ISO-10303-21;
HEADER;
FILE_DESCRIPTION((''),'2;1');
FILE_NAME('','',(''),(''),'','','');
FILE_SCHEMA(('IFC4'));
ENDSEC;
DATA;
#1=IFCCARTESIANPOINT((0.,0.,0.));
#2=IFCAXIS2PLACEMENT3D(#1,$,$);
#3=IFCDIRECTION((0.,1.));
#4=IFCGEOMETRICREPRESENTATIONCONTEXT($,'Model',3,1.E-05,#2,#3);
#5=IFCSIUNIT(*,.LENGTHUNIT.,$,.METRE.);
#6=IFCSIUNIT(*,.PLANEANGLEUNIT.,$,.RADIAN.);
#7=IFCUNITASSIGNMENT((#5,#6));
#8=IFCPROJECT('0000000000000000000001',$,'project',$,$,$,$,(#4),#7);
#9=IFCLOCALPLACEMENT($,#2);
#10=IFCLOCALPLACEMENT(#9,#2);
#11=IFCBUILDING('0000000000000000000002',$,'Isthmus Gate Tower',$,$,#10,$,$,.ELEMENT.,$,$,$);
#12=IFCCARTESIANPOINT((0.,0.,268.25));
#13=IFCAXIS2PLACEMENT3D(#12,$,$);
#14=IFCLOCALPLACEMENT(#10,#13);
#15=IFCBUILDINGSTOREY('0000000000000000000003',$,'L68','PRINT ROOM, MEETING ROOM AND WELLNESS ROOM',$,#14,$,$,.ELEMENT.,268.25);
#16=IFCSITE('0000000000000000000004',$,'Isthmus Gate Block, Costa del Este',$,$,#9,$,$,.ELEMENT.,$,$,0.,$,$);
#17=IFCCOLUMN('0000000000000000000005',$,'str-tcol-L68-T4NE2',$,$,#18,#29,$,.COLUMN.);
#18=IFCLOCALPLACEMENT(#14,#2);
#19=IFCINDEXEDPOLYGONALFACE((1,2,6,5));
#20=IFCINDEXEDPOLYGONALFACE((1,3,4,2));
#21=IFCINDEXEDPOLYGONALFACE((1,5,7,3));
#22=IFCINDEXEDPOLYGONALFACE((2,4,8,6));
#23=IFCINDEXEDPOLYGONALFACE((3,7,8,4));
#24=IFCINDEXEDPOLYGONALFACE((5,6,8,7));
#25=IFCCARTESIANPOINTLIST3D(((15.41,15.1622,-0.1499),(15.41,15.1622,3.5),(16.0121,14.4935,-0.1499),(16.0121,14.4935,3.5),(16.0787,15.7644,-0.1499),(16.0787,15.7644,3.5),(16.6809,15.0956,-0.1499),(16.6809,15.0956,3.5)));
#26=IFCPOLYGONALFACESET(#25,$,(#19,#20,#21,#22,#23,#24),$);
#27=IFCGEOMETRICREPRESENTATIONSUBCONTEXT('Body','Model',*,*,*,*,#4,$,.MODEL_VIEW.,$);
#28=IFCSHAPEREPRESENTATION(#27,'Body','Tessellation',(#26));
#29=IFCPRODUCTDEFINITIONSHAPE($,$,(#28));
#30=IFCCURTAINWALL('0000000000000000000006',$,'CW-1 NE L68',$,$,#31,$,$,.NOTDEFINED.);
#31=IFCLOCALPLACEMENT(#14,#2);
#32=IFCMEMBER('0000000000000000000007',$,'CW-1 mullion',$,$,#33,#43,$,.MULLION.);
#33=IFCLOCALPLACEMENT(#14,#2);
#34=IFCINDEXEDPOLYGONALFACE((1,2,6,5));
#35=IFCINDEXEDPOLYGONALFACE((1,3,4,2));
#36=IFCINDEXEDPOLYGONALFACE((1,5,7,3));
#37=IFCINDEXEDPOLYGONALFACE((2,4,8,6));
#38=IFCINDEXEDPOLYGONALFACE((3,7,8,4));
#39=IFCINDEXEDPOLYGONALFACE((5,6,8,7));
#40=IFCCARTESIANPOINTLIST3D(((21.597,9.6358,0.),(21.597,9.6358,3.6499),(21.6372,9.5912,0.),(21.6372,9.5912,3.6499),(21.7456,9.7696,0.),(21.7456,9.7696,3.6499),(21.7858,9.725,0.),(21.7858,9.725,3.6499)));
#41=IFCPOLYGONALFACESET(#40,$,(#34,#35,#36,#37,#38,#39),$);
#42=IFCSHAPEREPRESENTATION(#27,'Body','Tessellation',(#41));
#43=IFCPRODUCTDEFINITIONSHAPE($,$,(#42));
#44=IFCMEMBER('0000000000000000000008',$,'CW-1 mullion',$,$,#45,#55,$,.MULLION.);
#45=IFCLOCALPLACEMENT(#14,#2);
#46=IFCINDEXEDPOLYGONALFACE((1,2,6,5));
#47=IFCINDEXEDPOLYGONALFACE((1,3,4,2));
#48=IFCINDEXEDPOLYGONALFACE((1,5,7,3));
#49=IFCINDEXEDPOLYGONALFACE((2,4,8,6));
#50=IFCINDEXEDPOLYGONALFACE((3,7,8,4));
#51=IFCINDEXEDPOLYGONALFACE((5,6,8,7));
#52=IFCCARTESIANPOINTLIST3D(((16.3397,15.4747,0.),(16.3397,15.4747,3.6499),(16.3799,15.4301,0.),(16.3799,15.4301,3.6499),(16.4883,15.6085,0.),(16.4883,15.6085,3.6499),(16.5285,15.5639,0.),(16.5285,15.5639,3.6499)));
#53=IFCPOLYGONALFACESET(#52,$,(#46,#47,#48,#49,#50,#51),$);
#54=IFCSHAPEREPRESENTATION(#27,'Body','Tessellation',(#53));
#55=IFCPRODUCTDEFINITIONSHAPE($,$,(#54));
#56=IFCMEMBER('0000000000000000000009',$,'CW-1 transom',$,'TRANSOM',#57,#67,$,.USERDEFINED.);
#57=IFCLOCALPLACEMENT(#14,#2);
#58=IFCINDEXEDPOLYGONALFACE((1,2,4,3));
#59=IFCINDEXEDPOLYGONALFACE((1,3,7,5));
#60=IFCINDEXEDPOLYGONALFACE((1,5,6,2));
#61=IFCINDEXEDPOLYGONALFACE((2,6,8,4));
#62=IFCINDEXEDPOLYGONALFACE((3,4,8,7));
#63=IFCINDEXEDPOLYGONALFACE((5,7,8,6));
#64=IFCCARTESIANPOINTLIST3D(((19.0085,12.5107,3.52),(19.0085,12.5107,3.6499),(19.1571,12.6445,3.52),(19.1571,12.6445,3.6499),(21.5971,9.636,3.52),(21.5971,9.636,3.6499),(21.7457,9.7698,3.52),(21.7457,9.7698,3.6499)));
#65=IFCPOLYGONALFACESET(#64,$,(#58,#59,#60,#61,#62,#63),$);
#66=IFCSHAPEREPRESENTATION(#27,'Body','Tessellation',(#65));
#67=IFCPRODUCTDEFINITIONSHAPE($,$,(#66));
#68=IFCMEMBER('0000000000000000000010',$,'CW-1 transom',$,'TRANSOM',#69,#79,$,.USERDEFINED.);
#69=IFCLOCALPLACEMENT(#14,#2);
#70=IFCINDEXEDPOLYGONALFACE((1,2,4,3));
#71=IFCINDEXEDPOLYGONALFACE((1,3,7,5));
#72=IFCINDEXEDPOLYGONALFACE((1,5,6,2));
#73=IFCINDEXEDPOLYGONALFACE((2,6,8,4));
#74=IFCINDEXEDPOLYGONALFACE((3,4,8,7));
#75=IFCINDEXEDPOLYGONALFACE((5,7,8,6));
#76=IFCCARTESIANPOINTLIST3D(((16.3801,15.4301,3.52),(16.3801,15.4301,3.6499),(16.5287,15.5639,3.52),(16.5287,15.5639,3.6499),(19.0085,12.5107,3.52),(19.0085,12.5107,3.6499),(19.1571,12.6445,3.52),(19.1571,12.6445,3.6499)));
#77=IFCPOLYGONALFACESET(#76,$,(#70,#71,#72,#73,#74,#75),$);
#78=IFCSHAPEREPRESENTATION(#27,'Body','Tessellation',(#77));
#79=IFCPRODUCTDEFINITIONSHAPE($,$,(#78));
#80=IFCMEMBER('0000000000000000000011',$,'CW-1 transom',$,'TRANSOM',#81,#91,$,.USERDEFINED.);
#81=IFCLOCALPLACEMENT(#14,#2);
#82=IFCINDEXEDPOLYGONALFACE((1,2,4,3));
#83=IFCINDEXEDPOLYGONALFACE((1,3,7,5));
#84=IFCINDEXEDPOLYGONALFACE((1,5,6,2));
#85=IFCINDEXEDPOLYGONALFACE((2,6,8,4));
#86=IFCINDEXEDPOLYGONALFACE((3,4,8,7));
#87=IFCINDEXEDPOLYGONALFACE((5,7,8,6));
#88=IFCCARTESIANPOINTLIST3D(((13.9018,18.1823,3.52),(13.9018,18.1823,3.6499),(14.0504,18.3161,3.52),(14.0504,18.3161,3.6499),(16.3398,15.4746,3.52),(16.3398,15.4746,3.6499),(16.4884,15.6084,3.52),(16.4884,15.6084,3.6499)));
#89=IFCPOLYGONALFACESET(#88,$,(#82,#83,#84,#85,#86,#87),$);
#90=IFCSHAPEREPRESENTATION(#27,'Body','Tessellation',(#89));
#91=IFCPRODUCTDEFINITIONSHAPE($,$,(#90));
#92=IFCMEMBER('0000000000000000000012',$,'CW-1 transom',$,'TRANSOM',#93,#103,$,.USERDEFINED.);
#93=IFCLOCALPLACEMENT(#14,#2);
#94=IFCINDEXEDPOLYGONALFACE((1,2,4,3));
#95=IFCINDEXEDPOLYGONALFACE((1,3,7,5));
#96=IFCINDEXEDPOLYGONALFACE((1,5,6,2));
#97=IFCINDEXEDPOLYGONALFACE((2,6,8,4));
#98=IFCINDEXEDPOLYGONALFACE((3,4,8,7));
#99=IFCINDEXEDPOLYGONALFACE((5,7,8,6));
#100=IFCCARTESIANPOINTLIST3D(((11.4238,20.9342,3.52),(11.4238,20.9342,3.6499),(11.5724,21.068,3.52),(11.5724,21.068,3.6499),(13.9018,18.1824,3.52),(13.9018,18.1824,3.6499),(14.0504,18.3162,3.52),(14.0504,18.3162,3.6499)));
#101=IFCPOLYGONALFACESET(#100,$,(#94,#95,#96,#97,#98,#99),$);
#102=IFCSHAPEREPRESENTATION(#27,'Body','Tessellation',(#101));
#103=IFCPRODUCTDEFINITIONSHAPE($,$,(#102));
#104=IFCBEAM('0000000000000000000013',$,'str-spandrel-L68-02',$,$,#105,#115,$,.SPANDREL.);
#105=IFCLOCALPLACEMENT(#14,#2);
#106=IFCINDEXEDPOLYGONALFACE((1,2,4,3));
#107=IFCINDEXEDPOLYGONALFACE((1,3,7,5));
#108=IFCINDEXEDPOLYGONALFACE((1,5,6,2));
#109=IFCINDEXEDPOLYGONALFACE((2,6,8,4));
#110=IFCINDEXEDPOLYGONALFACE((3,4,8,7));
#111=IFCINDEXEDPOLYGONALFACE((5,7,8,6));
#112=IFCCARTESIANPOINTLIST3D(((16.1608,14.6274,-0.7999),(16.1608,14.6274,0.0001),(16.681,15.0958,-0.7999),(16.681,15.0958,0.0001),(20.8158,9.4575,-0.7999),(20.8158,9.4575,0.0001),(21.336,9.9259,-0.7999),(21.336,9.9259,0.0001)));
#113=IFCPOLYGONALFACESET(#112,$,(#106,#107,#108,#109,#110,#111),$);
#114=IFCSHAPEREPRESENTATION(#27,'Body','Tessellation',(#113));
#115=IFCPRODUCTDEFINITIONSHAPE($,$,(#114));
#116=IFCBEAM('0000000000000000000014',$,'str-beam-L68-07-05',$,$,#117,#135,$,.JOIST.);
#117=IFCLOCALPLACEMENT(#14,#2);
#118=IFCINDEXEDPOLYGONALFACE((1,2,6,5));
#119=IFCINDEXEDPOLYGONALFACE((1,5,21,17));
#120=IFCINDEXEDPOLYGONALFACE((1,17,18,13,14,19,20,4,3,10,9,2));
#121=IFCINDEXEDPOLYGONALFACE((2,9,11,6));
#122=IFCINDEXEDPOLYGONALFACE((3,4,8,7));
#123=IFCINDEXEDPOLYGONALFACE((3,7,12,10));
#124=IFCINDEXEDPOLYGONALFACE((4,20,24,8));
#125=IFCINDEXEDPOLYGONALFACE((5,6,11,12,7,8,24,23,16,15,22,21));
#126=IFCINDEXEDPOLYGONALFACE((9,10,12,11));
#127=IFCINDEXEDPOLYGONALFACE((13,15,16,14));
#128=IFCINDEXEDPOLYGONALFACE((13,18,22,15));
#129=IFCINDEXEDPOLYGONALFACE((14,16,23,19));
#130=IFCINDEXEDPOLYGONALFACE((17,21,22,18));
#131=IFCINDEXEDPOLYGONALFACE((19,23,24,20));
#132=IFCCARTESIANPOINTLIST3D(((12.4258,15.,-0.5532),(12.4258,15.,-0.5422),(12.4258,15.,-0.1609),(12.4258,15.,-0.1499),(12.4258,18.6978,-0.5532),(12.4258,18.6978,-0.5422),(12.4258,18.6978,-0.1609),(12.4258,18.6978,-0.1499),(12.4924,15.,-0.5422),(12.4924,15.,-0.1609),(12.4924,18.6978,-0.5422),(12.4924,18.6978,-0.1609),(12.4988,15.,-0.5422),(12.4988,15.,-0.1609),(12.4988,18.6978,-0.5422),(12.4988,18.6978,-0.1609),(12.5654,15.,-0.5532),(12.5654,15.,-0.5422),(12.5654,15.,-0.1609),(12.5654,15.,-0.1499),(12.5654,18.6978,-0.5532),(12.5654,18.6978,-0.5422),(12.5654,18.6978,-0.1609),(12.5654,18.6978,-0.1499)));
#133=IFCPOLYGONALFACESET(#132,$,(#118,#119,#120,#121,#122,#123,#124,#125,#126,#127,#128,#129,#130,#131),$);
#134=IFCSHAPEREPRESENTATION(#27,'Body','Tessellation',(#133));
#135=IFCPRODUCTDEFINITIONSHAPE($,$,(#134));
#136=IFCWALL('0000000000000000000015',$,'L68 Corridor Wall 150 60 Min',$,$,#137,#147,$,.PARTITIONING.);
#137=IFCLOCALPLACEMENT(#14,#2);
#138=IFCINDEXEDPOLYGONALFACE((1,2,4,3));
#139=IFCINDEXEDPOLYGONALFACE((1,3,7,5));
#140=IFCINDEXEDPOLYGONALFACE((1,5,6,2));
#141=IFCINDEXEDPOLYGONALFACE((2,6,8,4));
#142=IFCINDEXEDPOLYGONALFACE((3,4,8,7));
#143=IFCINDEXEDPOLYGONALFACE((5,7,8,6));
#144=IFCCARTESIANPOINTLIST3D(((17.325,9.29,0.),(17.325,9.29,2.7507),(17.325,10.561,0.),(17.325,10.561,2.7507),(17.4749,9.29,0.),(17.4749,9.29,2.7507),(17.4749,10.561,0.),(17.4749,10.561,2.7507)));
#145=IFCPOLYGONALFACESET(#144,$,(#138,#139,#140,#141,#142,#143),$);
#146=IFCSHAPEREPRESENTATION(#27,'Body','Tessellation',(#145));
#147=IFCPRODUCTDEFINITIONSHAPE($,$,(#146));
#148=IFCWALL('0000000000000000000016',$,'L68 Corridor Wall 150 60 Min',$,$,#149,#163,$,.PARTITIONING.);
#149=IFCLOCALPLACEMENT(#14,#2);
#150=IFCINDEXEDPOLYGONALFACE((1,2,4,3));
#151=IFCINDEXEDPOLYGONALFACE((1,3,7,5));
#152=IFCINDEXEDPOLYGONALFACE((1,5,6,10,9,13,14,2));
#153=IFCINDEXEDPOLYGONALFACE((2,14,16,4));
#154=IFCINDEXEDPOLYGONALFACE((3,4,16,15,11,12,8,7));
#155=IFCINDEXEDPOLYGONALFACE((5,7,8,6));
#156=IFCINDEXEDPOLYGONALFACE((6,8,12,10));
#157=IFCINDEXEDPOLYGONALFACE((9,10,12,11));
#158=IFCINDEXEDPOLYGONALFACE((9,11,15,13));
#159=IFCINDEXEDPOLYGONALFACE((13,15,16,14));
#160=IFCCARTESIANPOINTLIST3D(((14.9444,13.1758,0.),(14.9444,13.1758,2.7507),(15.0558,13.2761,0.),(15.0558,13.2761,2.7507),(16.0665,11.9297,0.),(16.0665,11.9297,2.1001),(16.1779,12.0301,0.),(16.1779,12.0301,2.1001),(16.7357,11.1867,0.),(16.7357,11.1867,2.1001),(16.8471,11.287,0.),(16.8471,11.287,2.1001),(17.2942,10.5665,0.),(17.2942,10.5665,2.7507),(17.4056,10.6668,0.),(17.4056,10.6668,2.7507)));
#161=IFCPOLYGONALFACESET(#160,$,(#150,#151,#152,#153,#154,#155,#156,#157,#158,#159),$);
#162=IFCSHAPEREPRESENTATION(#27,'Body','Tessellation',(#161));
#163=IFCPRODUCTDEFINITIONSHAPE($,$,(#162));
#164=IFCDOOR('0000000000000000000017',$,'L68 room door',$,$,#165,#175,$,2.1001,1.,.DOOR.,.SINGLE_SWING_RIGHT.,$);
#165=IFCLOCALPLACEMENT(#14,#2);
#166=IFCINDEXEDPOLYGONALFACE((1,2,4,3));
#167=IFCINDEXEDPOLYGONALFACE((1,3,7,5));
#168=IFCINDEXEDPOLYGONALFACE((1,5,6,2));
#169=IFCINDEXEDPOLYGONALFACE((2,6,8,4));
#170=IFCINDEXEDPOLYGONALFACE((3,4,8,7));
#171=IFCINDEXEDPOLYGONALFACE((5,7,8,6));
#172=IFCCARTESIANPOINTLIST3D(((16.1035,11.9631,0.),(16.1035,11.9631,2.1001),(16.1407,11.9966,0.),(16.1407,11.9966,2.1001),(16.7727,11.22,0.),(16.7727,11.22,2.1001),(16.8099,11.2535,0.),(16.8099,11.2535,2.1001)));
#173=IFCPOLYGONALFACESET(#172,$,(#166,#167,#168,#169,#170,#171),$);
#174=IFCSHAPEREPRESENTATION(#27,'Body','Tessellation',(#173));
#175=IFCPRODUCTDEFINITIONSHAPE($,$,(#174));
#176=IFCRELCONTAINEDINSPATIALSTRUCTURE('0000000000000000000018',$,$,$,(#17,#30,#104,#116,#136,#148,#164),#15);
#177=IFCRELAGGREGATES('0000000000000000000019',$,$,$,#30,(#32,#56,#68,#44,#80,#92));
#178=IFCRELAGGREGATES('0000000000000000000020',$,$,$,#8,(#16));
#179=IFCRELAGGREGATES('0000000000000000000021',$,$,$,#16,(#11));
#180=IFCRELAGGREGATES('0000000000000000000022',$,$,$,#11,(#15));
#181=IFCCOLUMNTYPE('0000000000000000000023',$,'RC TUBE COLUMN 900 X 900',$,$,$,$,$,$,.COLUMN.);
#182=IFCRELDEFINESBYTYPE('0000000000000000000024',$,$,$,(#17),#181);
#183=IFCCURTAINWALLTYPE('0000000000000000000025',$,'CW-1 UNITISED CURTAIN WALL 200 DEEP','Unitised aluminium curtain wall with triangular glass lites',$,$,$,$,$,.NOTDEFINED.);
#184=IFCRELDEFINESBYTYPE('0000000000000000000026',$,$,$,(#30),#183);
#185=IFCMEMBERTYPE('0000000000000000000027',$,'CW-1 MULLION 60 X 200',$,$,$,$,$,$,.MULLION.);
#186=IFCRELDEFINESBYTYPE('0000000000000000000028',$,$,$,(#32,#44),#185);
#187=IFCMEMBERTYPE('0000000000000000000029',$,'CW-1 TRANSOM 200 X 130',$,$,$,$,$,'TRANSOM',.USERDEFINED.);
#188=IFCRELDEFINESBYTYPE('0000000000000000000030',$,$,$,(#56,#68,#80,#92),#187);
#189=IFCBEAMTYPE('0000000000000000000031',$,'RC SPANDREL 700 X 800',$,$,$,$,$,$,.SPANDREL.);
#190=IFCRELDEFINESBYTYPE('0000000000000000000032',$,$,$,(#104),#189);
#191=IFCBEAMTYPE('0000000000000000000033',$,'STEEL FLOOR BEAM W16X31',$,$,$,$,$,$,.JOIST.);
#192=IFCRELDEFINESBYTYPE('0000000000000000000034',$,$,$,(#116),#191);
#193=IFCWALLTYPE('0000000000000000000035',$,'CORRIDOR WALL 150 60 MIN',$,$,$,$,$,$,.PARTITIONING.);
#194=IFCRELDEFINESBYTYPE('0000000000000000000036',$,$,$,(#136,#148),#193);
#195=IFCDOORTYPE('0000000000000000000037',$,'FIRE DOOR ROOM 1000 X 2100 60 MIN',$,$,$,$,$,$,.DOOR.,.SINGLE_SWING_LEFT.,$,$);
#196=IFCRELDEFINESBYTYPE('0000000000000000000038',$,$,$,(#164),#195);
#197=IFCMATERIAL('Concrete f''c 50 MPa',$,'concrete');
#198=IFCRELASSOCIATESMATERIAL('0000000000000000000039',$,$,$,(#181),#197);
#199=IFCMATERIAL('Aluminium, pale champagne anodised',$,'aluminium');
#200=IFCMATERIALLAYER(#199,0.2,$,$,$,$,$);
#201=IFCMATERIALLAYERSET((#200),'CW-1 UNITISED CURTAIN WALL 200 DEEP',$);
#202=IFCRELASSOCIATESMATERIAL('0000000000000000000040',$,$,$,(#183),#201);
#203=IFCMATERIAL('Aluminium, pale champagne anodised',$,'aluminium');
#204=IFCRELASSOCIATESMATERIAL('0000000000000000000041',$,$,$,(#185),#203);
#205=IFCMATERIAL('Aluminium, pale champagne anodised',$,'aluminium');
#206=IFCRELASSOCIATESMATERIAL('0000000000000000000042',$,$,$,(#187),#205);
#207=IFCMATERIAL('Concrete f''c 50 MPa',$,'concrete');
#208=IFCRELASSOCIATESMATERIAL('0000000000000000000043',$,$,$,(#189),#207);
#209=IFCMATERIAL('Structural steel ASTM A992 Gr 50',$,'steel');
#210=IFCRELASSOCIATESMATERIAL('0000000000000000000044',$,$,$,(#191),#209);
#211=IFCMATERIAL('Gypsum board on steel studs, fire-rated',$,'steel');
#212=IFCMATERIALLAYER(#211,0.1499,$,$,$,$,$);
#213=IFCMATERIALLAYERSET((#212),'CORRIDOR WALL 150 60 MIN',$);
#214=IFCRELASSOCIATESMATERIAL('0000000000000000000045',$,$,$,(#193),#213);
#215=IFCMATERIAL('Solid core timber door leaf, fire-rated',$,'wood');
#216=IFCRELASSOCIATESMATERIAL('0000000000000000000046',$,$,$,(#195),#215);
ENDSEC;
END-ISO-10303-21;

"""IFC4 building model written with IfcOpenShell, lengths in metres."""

from ifc_helpers import new_model, si_unit, direction, frame, frame_2d, origin, origin_2d, place, context, subcontext, project, spatial, rectangle, i_section, extrude, material, layer, layer_set, material_profile, profile_set, type_object, element, fill, aggregate, save


model = new_model("IFC4")

# Units and contexts
model_context = context("Model", 3, precision=1e-05, world=origin(), true_north=direction((0.0, 1.0)))
body_context = subcontext(model_context, "Body", "Model", "MODEL_VIEW")
ifc_project = project(units=[si_unit("LENGTHUNIT", "METRE"), si_unit("PLANEANGLEUNIT", "RADIAN")], contexts=[model_context])

# Site, building, storey
site_placement = place(None, origin())
site = spatial("IfcSite", under=ifc_project, at=site_placement, Name="Isthmus Gate Block, Costa del Este", CompositionType="ELEMENT", RefElevation=0.0)
building_placement = place(site_placement, origin())
building = spatial("IfcBuilding", under=site, at=building_placement, Name="Isthmus Gate Tower", CompositionType="ELEMENT")
storey_placement = place(building_placement, frame((0.0, 0.0, 268.25)))
storey = spatial("IfcBuildingStorey", under=building, at=storey_placement, Name="L68", Description="PRINT ROOM, MEETING ROOM AND WELLNESS ROOM", CompositionType="ELEMENT", Elevation=268.25)

# Column
ifc_material_1 = material(Name="Concrete f'c 50 MPa", Category="concrete")
ifc_material_profile_1 = material_profile(ifc_material_1, rectangle(XDim=0.8999, YDim=0.8999, at=origin_2d()), Name="RC 900X900")
ifc_profile_set_1 = profile_set([ifc_material_profile_1], Name="Concrete f'c 50 MPa")
column_type = type_object("IfcColumnType", Name="RC TUBE COLUMN 900 X 900", PredefinedType="COLUMN", material=ifc_profile_set_1)
column_placement = place(storey_placement, frame((16.0454, 15.1289, -0.1499), z_axis=(0.0, 0.0, 1.0), x_axis=(-0.669131, 0.743145, 0.0)))
element("IfcColumn", 1, at=column_placement, inside=storey, type_object=column_type, Name="str-tcol-L68-T4NE2", PredefinedType="COLUMN", context=body_context, shape_type="SweptSolid", body=[
    extrude(rectangle(XDim=0.8999, YDim=0.8999, at=origin_2d()), origin(), (0.0, 0.0, 1.0), 3.6499),
])

# Curtain wall, members
ifc_material_2 = material(Name="Aluminium, pale champagne anodised", Category="aluminium")
ifc_layer_1 = layer(ifc_material_2, 0.2)
ifc_layer_set_1 = layer_set([ifc_layer_1], Name="CW-1 UNITISED CURTAIN WALL 200 DEEP")
curtain_wall_type = type_object("IfcCurtainWallType", Name="CW-1 UNITISED CURTAIN WALL 200 DEEP", Description="Unitised aluminium curtain wall with triangular glass lites", PredefinedType="NOTDEFINED", material=ifc_layer_set_1)
curtain_wall_placement = place(storey_placement, origin())
curtain_wall = element("IfcCurtainWall", 2, at=curtain_wall_placement, inside=storey, type_object=curtain_wall_type, Name="CW-1 NE L68", PredefinedType="NOTDEFINED")
ifc_material_3 = material(Name="Aluminium, pale champagne anodised", Category="aluminium")
ifc_material_profile_2 = material_profile(ifc_material_3, rectangle(XDim=0.0601, YDim=0.2, at=origin_2d()), Name="60x200")
ifc_profile_set_2 = profile_set([ifc_material_profile_2], Name="Aluminium, pale champagne anodised")
member_type_1 = type_object("IfcMemberType", Name="CW-1 MULLION 60 X 200", PredefinedType="MULLION", material=ifc_profile_set_2)
member_1_placement = place(storey_placement, frame((21.6914, 9.6804, 0.0), z_axis=(0.0, 0.0, 1.0), x_axis=(-0.669131, 0.743145, 0.0)))
member_1 = element("IfcMember", 3, at=member_1_placement, type_object=member_type_1, Name="CW-1 mullion", PredefinedType="MULLION", context=body_context, shape_type="SweptSolid", body=[
    extrude(rectangle(XDim=0.0601, YDim=0.2, at=origin_2d()), origin(), (0.0, 0.0, 1.0), 3.6499),
])
member_2_placement = place(storey_placement, frame((16.4341, 15.5193, 0.0), z_axis=(0.0, 0.0, 1.0), x_axis=(-0.669131, 0.743145, 0.0)))
member_2 = element("IfcMember", 4, at=member_2_placement, type_object=member_type_1, Name="CW-1 mullion", PredefinedType="MULLION", context=body_context, shape_type="SweptSolid", body=[
    extrude(rectangle(XDim=0.0601, YDim=0.2, at=origin_2d()), origin(), (0.0, 0.0, 1.0), 3.6499),
])
ifc_material_4 = material(Name="Aluminium, pale champagne anodised", Category="aluminium")
ifc_material_profile_3 = material_profile(ifc_material_4, rectangle(XDim=0.2, YDim=0.1299, at=origin_2d()), Name="200x130")
ifc_profile_set_3 = profile_set([ifc_material_profile_3], Name="Aluminium, pale champagne anodised")
member_type_2 = type_object("IfcMemberType", Name="CW-1 TRANSOM 200 X 130", ElementType="TRANSOM", PredefinedType="USERDEFINED", material=ifc_profile_set_3)
member_3_placement = place(storey_placement, frame((21.6714, 9.7029, 3.585), z_axis=(-0.669156, 0.743122, 0.0), x_axis=(-0.743122, -0.669156, 0.0)))
member_3 = element("IfcMember", 5, at=member_3_placement, type_object=member_type_2, Name="CW-1 transom", ObjectType="TRANSOM", PredefinedType="USERDEFINED", context=body_context, shape_type="SweptSolid", body=[
    extrude(rectangle(XDim=0.2, YDim=0.1299, at=origin_2d()), origin(), (0.0, 0.0, 1.0), 3.8684),
])
member_4_placement = place(storey_placement, frame((19.0828, 12.5776, 3.585), z_axis=(-0.669095, 0.743177, 0.0), x_axis=(-0.743177, -0.669095, 0.0)))
member_4 = element("IfcMember", 6, at=member_4_placement, type_object=member_type_2, Name="CW-1 transom", ObjectType="TRANSOM", PredefinedType="USERDEFINED", context=body_context, shape_type="SweptSolid", body=[
    extrude(rectangle(XDim=0.2, YDim=0.1299, at=origin_2d()), origin(), (0.0, 0.0, 1.0), 3.9282),
])
member_5_placement = place(storey_placement, frame((16.4141, 15.5415, 3.585), z_axis=(-0.669116, 0.743158, 0.0), x_axis=(-0.743158, -0.669116, 0.0)))
member_5 = element("IfcMember", 7, at=member_5_placement, type_object=member_type_2, Name="CW-1 transom", ObjectType="TRANSOM", PredefinedType="USERDEFINED", context=body_context, shape_type="SweptSolid", body=[
    extrude(rectangle(XDim=0.2, YDim=0.1299, at=origin_2d()), origin(), (0.0, 0.0, 1.0), 3.6436),
])
member_6_placement = place(storey_placement, frame((13.9761, 18.2493, 3.585), z_axis=(-0.669154, 0.743124, 0.0), x_axis=(-0.743124, -0.669154, 0.0)))
member_6 = element("IfcMember", 8, at=member_6_placement, type_object=member_type_2, Name="CW-1 transom", ObjectType="TRANSOM", PredefinedType="USERDEFINED", context=body_context, shape_type="SweptSolid", body=[
    extrude(rectangle(XDim=0.2, YDim=0.1299, at=origin_2d()), origin(), (0.0, 0.0, 1.0), 3.7031),
])

# Beams
ifc_material_5 = material(Name="Concrete f'c 50 MPa", Category="concrete")
ifc_material_profile_4 = material_profile(ifc_material_5, rectangle(XDim=0.7, YDim=0.8, at=origin_2d()), Name="RC 700X800")
ifc_profile_set_4 = profile_set([ifc_material_profile_4], Name="Concrete f'c 50 MPa")
beam_type_1 = type_object("IfcBeamType", Name="RC SPANDREL 700 X 800", PredefinedType="SPANDREL", material=ifc_profile_set_4)
beam_1_placement = place(storey_placement, frame((16.4209, 14.8616, -0.3999), z_axis=(0.669131, -0.743144, 0.0), x_axis=(0.743144, 0.669131, 0.0)))
element("IfcBeam", 9, at=beam_1_placement, inside=storey, type_object=beam_type_1, Name="str-spandrel-L68-02", PredefinedType="SPANDREL", context=body_context, shape_type="SweptSolid", body=[
    extrude(rectangle(XDim=0.7, YDim=0.8, at=origin_2d()), origin(), (0.0, 0.0, 1.0), 6.9568),
])
ifc_material_6 = material(Name="Structural steel ASTM A992 Gr 50", Category="steel")
ifc_material_profile_5 = material_profile(ifc_material_6, i_section(OverallWidth=0.1396, OverallDepth=0.4033, WebThickness=0.0063, FlangeThickness=0.011, at=origin_2d()), Name="W16X31")
ifc_profile_set_5 = profile_set([ifc_material_profile_5], Name="Structural steel ASTM A992 Gr 50")
beam_type_2 = type_object("IfcBeamType", Name="STEEL FLOOR BEAM W16X31", PredefinedType="JOIST", material=ifc_profile_set_5)
beam_2_placement = place(storey_placement, frame((12.4956, 15.0, -0.3516), z_axis=(0.0, 1.0, 0.0), x_axis=(-1.0, 0.0, 0.0)))
element("IfcBeam", 10, at=beam_2_placement, inside=storey, type_object=beam_type_2, Name="str-beam-L68-07-05", PredefinedType="JOIST", context=body_context, shape_type="SweptSolid", body=[
    extrude(i_section(OverallWidth=0.1396, OverallDepth=0.4033, WebThickness=0.0063, FlangeThickness=0.011, at=origin_2d()), origin(), (0.0, 0.0, 1.0), 3.6978),
])

# Wall
ifc_material_7 = material(Name="Gypsum board on steel studs, fire-rated", Category="steel")
ifc_layer_2 = layer(ifc_material_7, 0.1499)
ifc_layer_set_2 = layer_set([ifc_layer_2], Name="CORRIDOR WALL 150 60 MIN")
wall_type = type_object("IfcWallType", Name="CORRIDOR WALL 150 60 MIN", PredefinedType="PARTITIONING", material=ifc_layer_set_2)
wall_1_placement = place(storey_placement, frame((17.3999, 10.561, 0.0), z_axis=(0.0, 0.0, 1.0), x_axis=(0.0, -1.0, 0.0)))
element("IfcWall", 11, at=wall_1_placement, inside=storey, type_object=wall_type, Name="L68 Corridor Wall 150 60 Min", PredefinedType="PARTITIONING", context=body_context, shape_type="SweptSolid", body=[
    extrude(rectangle(XDim=1.271, YDim=0.1499, at=frame_2d((0.6355, 0.0))), origin(), (0.0, 0.0, 1.0), 2.7507),
])

# Wall, opening, door
wall_2_placement = place(storey_placement, frame((15.0, 13.2261, 0.0), z_axis=(0.0, 0.0, 1.0), x_axis=(0.669187, -0.743094, 0.0)))
wall_2 = element("IfcWall", 12, at=wall_2_placement, inside=storey, type_object=wall_type, Name="L68 Corridor Wall 150 60 Min", PredefinedType="PARTITIONING", context=body_context, shape_type="SweptSolid", body=[
    extrude(rectangle(XDim=3.5115, YDim=0.1499, at=frame_2d((1.7559, 0.0))), origin(), (0.0, 0.0, 1.0), 2.7507),
])
opening_placement = place(wall_2_placement, frame((1.677, 0.0, 0.0)))
opening = element("IfcOpeningElement", 13, at=opening_placement, cuts=wall_2, PredefinedType="OPENING", context=body_context, shape_type="SweptSolid", body=[
    extrude(rectangle(XDim=1.0, YDim=2.1001, at=frame_2d((0.5, 1.05))), frame((0.0, 0.085, 0.0), z_axis=(0.0, -1.0, 0.0), x_axis=(1.0, 0.0, 0.0)), (0.0, 0.0, 1.0), 0.1699),
])
ifc_material_8 = material(Name="Solid core timber door leaf, fire-rated", Category="wood")
door_type = type_object("IfcDoorType", Name="FIRE DOOR ROOM 1000 X 2100 60 MIN", OperationType="SINGLE_SWING_LEFT", PredefinedType="DOOR", material=ifc_material_8)
door_placement = place(opening_placement, origin())
door = element("IfcDoor", 14, at=door_placement, inside=storey, type_object=door_type, Name="L68 room door", OperationType="SINGLE_SWING_RIGHT", OverallHeight=2.1001, OverallWidth=1.0, PredefinedType="DOOR", context=body_context, shape_type="SweptSolid", body=[
    extrude(rectangle(XDim=1.0, YDim=2.1001, at=frame_2d((0.5, 1.05))), frame((0.0, 0.0249, 0.0), z_axis=(0.0, -1.0, 0.0), x_axis=(1.0, 0.0, 0.0)), (0.0, 0.0, 1.0), 0.05),
])
fill(opening, door)

aggregate(curtain_wall, [member_1, member_3, member_4, member_2, member_5, member_6])

save(model, "model.ifc")
